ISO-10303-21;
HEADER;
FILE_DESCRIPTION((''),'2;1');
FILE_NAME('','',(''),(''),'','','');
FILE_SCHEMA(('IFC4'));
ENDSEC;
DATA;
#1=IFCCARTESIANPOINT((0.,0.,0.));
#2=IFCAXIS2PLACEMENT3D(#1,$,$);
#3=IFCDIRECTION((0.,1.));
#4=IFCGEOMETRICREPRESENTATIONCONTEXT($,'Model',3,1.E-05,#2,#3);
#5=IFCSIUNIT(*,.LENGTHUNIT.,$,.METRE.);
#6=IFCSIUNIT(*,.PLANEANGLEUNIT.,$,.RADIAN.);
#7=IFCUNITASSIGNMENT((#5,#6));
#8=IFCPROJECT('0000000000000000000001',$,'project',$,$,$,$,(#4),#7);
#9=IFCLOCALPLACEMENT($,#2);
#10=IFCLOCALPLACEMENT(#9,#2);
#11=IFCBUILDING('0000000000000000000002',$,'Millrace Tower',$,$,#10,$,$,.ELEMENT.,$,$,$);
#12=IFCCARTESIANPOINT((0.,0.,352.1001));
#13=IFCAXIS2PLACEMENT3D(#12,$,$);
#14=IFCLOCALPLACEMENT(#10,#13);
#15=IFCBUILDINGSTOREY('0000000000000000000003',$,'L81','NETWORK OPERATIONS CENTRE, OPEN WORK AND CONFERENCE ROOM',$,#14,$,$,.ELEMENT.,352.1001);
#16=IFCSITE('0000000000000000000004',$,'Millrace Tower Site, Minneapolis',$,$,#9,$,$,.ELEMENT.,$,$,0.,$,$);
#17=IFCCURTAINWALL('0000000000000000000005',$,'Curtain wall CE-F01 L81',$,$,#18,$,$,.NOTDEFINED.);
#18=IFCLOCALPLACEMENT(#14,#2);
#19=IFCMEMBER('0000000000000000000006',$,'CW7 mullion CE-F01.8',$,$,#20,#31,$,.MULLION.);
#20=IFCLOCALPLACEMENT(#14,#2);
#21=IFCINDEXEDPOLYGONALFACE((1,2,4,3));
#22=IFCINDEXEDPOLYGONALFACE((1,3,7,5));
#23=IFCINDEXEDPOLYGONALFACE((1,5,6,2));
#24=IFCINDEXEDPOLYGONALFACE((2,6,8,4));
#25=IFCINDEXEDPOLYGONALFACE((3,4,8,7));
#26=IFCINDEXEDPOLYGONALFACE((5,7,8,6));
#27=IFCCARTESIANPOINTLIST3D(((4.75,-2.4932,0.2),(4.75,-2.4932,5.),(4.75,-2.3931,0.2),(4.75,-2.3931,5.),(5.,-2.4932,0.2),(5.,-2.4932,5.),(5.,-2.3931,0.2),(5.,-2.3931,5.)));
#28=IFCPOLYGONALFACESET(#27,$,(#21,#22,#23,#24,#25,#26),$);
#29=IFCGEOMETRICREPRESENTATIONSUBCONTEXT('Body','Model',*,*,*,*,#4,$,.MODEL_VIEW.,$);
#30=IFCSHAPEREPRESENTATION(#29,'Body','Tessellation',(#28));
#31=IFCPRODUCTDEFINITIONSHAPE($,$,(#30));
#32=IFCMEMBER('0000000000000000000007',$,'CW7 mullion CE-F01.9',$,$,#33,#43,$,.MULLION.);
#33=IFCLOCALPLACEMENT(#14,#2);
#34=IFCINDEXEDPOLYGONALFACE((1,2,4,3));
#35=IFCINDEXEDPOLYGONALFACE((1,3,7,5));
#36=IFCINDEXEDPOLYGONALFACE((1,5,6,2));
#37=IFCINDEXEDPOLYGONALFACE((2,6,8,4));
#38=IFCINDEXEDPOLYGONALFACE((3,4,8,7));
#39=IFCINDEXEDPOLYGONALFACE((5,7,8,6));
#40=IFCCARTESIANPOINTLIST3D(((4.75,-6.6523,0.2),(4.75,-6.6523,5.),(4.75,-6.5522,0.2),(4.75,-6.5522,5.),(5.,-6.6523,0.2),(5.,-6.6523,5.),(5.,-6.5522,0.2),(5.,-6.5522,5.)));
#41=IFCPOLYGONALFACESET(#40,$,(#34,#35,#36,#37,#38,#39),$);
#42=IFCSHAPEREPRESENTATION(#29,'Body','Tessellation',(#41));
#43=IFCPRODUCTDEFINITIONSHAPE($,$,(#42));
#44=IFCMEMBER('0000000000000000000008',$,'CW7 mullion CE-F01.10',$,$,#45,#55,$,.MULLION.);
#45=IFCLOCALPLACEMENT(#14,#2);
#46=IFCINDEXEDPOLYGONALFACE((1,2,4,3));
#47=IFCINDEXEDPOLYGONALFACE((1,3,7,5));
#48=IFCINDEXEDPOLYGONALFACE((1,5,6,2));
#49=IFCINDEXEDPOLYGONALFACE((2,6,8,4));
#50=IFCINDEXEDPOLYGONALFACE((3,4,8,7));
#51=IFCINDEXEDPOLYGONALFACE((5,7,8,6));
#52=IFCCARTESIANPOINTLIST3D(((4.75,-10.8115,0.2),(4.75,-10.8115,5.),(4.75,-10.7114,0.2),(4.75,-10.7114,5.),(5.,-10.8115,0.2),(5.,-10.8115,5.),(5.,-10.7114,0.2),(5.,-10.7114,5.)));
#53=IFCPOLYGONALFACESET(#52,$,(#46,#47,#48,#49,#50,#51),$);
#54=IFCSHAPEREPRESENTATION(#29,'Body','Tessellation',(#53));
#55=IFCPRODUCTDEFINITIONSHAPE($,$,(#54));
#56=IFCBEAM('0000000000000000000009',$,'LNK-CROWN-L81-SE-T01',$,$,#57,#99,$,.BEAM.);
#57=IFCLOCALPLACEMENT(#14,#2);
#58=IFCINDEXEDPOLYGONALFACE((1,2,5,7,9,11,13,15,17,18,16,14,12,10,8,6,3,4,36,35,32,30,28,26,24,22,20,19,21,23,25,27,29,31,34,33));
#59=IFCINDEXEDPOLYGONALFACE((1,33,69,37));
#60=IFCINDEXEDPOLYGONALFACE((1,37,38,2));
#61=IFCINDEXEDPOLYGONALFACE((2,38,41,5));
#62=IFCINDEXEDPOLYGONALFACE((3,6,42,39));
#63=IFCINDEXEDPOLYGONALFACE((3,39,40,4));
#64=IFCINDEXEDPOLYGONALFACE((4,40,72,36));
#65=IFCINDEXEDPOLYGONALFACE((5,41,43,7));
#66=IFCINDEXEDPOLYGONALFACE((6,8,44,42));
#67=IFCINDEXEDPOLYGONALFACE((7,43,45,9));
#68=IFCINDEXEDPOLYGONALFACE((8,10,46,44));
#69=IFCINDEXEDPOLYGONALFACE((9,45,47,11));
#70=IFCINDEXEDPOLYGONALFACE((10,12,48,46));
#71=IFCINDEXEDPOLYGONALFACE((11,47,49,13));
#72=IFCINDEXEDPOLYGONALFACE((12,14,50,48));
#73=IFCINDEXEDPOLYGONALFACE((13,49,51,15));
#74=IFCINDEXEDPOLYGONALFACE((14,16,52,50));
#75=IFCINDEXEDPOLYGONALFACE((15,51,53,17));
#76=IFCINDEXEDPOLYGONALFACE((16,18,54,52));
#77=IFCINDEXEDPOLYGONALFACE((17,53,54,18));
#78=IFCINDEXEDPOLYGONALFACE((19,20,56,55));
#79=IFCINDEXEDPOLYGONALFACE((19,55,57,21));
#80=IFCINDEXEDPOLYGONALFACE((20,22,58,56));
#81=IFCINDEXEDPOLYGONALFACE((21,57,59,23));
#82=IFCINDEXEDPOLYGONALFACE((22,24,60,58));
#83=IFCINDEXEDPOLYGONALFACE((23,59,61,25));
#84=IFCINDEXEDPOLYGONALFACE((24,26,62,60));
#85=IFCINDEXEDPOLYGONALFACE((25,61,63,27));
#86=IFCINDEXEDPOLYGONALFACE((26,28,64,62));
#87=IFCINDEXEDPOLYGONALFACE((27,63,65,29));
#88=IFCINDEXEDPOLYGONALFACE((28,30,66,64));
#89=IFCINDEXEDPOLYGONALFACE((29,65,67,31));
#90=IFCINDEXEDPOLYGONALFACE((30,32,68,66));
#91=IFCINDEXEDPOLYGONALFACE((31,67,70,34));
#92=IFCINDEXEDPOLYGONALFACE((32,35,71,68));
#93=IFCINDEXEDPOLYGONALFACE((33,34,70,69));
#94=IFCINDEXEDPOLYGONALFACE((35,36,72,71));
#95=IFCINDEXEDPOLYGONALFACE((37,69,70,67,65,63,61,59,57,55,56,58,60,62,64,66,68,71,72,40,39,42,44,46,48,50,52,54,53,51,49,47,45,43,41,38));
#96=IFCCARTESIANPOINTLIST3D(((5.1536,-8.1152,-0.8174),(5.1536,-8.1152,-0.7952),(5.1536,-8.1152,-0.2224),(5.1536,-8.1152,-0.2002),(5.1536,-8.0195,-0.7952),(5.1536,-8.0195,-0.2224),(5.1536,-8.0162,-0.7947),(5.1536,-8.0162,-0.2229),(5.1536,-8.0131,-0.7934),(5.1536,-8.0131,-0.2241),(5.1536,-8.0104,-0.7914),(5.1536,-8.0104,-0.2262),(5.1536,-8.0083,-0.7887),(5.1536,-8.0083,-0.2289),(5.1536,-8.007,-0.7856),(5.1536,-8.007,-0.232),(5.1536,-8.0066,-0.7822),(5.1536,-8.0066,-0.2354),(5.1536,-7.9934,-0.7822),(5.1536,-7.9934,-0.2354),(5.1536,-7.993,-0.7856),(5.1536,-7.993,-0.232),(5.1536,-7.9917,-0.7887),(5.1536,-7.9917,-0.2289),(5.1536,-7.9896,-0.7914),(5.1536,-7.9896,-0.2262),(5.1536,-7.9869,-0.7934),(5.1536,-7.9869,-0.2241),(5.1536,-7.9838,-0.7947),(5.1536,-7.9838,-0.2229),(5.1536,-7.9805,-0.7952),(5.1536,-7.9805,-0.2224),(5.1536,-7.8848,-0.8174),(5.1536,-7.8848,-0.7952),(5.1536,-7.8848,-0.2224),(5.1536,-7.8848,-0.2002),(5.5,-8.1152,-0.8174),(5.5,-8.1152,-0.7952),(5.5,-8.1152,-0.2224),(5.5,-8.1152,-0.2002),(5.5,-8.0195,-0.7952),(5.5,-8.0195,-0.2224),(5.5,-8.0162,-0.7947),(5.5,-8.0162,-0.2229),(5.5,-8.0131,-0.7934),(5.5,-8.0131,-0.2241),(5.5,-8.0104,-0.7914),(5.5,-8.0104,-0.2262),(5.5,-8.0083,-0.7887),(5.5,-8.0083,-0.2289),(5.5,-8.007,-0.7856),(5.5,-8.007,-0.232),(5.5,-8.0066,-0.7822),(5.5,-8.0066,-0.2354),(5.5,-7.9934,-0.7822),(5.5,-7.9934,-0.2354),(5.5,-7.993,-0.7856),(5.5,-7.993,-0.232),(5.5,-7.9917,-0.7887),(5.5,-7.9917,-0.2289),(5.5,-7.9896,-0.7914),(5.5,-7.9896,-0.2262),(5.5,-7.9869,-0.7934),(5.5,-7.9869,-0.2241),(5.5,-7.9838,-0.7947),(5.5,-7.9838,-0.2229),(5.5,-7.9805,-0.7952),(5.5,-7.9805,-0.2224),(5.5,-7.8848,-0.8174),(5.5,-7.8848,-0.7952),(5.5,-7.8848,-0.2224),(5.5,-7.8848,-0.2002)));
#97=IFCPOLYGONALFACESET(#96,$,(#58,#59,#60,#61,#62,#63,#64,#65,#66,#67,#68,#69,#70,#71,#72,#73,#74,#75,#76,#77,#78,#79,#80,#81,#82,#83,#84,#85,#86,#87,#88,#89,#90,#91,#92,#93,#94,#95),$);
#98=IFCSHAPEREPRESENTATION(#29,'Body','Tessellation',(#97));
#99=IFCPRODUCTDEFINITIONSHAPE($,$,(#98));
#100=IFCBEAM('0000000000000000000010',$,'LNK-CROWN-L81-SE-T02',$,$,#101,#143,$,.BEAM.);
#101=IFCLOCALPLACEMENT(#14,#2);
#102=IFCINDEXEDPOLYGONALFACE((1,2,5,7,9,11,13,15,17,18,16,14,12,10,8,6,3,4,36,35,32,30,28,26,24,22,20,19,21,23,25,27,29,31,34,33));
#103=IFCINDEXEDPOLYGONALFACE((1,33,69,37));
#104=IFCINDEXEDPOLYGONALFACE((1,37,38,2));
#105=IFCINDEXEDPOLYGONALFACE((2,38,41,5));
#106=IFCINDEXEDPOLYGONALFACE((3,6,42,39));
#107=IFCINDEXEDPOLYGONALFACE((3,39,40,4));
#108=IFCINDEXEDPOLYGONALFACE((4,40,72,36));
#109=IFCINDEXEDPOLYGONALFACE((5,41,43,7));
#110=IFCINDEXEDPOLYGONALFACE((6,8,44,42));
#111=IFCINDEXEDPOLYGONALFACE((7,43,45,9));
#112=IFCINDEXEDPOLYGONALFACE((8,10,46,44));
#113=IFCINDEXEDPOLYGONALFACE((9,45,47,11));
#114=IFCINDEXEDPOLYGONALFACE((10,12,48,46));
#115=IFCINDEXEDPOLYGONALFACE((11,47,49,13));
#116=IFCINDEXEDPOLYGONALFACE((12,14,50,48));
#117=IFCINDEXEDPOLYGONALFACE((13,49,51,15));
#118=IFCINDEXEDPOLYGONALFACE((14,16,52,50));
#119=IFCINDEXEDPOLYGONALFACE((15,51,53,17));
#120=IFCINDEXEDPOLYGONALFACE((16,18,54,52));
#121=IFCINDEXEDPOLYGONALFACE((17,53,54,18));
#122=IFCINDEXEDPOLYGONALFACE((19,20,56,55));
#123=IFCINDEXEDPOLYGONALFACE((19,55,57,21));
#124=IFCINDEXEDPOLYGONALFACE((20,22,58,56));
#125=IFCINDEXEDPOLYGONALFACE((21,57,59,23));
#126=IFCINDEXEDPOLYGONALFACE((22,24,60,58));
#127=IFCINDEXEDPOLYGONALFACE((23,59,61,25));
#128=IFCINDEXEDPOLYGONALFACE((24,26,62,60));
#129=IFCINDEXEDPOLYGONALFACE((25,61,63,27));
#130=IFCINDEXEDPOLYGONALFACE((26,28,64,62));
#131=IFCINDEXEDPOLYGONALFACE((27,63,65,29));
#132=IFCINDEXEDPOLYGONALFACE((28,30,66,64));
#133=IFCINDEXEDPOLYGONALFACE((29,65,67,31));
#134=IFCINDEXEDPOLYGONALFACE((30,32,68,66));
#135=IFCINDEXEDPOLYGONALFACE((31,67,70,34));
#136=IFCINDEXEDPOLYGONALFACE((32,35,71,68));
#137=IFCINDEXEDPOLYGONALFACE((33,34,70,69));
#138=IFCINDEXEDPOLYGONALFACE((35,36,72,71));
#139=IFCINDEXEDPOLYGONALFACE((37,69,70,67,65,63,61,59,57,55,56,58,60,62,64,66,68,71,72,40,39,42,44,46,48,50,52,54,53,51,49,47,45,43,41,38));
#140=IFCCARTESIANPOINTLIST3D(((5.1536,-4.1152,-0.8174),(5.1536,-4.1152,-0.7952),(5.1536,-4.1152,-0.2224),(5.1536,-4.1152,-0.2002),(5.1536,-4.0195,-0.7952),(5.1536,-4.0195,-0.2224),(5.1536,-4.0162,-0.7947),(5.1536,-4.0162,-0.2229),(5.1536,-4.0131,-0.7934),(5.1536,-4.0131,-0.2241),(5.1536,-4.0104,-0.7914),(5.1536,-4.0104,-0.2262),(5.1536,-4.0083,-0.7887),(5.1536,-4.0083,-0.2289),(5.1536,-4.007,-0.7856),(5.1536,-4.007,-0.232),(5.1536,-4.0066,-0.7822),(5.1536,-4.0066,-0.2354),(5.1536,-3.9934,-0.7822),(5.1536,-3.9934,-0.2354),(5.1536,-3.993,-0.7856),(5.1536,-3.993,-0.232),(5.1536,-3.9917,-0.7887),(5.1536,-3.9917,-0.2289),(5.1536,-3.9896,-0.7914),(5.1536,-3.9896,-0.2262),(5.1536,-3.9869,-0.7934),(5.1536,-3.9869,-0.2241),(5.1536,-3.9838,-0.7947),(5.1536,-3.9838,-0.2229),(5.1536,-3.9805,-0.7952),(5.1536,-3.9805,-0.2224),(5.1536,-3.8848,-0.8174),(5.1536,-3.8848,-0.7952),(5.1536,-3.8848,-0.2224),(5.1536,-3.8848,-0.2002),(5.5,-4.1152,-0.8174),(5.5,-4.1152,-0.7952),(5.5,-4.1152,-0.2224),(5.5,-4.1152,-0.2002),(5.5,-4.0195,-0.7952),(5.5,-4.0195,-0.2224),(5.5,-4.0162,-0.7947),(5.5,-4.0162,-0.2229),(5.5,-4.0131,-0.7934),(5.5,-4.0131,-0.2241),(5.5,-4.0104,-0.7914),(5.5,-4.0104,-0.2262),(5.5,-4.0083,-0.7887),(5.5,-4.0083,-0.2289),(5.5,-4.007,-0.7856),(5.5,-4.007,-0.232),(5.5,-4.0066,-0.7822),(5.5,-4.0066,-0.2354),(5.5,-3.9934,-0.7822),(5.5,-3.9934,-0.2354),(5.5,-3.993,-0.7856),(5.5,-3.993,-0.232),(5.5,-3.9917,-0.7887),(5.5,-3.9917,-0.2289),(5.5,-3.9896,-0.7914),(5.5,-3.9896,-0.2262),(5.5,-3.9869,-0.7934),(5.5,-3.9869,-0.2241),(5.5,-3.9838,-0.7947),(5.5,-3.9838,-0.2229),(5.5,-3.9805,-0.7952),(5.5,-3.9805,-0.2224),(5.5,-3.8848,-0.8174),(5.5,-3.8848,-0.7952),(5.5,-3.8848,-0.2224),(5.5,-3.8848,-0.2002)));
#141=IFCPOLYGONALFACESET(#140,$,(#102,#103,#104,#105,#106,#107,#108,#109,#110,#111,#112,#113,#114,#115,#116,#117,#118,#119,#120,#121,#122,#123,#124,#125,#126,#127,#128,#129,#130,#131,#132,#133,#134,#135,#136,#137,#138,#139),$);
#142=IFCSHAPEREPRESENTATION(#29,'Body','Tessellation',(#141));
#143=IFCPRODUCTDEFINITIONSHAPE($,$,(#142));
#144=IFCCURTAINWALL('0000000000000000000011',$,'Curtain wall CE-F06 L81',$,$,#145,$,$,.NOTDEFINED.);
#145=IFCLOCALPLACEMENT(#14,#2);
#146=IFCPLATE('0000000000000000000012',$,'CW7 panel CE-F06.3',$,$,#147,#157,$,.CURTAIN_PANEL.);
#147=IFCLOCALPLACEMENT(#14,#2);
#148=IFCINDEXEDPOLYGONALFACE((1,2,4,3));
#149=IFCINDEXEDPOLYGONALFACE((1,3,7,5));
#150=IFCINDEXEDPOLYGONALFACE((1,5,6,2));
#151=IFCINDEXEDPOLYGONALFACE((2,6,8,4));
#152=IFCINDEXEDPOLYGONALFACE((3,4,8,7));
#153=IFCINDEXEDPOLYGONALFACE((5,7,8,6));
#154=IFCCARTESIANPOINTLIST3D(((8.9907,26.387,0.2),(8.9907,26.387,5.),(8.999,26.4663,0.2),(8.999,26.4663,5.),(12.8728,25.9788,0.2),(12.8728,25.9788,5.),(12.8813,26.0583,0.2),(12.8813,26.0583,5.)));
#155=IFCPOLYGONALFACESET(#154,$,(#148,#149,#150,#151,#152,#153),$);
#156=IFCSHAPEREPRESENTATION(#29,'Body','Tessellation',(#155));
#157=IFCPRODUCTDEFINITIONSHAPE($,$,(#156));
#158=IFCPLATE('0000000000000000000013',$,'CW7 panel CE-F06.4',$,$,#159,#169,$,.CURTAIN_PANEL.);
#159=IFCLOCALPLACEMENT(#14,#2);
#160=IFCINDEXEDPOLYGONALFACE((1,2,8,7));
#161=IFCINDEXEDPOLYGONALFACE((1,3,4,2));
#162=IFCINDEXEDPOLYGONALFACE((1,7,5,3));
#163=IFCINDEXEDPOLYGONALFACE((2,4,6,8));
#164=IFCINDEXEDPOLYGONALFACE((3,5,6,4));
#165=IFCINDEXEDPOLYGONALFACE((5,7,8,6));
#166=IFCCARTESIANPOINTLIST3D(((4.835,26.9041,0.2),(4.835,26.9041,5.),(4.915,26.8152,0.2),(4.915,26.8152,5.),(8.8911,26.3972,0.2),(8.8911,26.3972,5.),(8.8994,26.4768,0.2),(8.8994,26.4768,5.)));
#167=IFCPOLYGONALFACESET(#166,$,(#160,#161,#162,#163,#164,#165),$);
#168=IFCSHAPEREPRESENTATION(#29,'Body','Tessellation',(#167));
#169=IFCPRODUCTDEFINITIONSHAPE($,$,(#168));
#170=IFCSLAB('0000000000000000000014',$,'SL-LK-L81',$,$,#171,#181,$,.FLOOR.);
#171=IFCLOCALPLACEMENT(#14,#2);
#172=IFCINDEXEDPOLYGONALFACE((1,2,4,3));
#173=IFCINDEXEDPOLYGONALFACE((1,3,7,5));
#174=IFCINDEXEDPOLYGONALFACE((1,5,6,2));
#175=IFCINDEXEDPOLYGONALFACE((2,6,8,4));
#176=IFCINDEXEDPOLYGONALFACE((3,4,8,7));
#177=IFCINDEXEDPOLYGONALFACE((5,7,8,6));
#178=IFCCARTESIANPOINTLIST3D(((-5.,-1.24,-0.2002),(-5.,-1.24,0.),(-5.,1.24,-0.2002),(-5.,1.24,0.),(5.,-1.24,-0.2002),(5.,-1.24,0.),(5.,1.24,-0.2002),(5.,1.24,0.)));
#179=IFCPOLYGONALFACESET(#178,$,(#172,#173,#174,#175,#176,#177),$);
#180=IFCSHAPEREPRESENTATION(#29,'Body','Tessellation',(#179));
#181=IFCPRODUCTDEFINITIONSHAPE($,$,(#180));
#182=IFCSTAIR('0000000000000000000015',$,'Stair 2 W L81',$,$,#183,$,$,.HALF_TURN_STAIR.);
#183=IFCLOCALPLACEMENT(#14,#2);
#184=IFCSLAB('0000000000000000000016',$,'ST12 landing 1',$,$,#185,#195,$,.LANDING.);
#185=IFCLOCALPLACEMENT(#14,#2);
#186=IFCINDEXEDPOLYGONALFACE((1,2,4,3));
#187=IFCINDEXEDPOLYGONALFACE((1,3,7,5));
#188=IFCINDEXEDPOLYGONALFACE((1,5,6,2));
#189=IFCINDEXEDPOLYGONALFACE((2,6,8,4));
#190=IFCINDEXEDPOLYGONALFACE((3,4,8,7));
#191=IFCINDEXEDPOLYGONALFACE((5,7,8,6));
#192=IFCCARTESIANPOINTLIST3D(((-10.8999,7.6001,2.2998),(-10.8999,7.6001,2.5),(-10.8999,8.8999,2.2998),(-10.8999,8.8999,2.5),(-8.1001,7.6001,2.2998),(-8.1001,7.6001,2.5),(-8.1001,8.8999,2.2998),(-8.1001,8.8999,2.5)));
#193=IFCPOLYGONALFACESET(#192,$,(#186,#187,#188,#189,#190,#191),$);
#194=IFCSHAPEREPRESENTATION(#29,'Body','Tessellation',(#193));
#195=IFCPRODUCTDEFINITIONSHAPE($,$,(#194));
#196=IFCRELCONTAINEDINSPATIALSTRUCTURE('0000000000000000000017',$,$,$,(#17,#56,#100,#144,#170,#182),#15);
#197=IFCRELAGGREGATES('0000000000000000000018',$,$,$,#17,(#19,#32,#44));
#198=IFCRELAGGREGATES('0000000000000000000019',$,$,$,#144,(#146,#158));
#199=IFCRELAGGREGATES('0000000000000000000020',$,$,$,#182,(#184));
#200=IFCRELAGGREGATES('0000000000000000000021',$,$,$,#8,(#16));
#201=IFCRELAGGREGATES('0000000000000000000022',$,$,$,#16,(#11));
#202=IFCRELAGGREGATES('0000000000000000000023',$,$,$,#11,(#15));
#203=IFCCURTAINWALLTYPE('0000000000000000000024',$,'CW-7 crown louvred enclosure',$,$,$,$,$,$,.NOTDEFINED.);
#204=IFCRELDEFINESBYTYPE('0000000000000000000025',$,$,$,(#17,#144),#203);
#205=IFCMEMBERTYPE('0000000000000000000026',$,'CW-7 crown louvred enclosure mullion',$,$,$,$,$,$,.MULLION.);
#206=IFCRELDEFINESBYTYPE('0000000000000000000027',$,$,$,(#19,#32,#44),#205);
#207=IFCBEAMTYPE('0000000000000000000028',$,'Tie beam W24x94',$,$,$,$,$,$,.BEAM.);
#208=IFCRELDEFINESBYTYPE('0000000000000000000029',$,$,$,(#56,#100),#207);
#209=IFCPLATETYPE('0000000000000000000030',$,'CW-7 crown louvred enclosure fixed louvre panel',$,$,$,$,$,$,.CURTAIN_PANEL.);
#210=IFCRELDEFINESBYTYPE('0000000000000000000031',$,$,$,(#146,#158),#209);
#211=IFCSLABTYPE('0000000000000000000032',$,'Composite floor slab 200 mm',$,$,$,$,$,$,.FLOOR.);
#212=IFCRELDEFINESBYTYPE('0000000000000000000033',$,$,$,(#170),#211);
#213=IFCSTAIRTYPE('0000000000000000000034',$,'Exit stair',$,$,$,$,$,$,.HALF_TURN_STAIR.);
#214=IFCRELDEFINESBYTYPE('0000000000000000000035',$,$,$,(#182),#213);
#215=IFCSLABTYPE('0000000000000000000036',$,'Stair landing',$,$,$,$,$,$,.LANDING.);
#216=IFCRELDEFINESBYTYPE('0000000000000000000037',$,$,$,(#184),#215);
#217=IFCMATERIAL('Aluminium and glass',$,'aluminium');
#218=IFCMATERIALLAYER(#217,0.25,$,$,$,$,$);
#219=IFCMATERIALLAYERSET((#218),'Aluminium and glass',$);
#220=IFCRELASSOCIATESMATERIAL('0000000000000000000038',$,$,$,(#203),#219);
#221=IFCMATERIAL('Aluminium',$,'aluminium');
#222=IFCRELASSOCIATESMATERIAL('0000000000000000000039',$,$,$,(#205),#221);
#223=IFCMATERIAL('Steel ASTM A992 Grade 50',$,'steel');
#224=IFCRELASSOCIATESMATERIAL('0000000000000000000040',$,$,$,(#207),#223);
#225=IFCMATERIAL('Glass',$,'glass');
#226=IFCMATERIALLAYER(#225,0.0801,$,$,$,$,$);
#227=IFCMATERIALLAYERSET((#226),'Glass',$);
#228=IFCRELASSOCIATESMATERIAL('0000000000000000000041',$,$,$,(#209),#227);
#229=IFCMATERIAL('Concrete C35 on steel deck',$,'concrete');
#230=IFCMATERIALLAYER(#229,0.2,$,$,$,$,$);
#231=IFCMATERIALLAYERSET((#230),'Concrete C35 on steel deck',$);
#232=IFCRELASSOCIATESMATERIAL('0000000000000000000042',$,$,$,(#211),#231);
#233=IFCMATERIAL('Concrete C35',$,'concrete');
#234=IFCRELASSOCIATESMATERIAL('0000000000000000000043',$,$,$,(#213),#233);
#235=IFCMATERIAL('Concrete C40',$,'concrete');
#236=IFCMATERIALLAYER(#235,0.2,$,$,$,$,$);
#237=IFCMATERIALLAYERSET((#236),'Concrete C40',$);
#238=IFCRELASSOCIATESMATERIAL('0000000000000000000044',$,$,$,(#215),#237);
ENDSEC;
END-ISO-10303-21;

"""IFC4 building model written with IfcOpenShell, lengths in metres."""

from ifc_helpers import new_model, si_unit, direction, frame, origin, origin_2d, place, context, subcontext, project, spatial, polyline, rectangle, i_section, outline, extrude, material, layer, layer_set, material_profile, profile_set, type_object, element, aggregate, save


model = new_model("IFC4")

# Units and contexts
model_context = context("Model", 3, precision=1e-05, world=origin(), true_north=direction((0.0, 1.0)))
body_context = subcontext(model_context, "Body", "Model", "MODEL_VIEW")
ifc_project = project(units=[si_unit("LENGTHUNIT", "METRE"), si_unit("PLANEANGLEUNIT", "RADIAN")], contexts=[model_context])

# Site, building, storey
site_placement = place(None, origin())
site = spatial("IfcSite", under=ifc_project, at=site_placement, Name="Millrace Tower Site, Minneapolis", CompositionType="ELEMENT", RefElevation=0.0)
building_placement = place(site_placement, origin())
building = spatial("IfcBuilding", under=site, at=building_placement, Name="Millrace Tower", CompositionType="ELEMENT")
storey_placement = place(building_placement, frame((0.0, 0.0, 352.1001)))
storey = spatial("IfcBuildingStorey", under=building, at=storey_placement, Name="L81", Description="NETWORK OPERATIONS CENTRE, OPEN WORK AND CONFERENCE ROOM", CompositionType="ELEMENT", Elevation=352.1001)

# Curtain wall, members
ifc_material_1 = material(Name="Aluminium and glass", Category="aluminium")
ifc_layer_1 = layer(ifc_material_1, 0.25)
ifc_layer_set_1 = layer_set([ifc_layer_1], Name="Aluminium and glass")
curtain_wall_type = type_object("IfcCurtainWallType", Name="CW-7 crown louvred enclosure", PredefinedType="NOTDEFINED", material=ifc_layer_set_1)
placement_1 = place(storey_placement, origin())
curtain_wall_1 = element("IfcCurtainWall", 1, at=placement_1, inside=storey, type_object=curtain_wall_type, Name="Curtain wall CE-F01 L81", PredefinedType="NOTDEFINED")
ifc_material_2 = material(Name="Aluminium", Category="aluminium")
ifc_material_profile_1 = material_profile(ifc_material_2, rectangle(XDim=0.1001, YDim=0.25, at=origin_2d()))
ifc_profile_set_1 = profile_set([ifc_material_profile_1], Name="Aluminium")
member_type = type_object("IfcMemberType", Name="CW-7 crown louvred enclosure mullion", PredefinedType="MULLION", material=ifc_profile_set_1)
member_1_placement = place(storey_placement, frame((4.875, -2.4431, 0.2), z_axis=(0.0, 0.0, 1.0), x_axis=(0.0, -1.0, 0.0)))
member_1 = element("IfcMember", 2, at=member_1_placement, type_object=member_type, Name="CW7 mullion CE-F01.8", PredefinedType="MULLION", context=body_context, shape_type="SweptSolid", body=[
    extrude(rectangle(XDim=0.1001, YDim=0.25, at=origin_2d()), origin(), (0.0, 0.0, 1.0), 4.8),
])
member_2_placement = place(storey_placement, frame((4.875, -6.6023, 0.2), z_axis=(0.0, 0.0, 1.0), x_axis=(0.0, -1.0, 0.0)))
member_2 = element("IfcMember", 3, at=member_2_placement, type_object=member_type, Name="CW7 mullion CE-F01.9", PredefinedType="MULLION", context=body_context, shape_type="SweptSolid", body=[
    extrude(rectangle(XDim=0.1001, YDim=0.25, at=origin_2d()), origin(), (0.0, 0.0, 1.0), 4.8),
])
member_3_placement = place(storey_placement, frame((4.875, -10.7615, 0.2), z_axis=(0.0, 0.0, 1.0), x_axis=(0.0, -1.0, 0.0)))
member_3 = element("IfcMember", 4, at=member_3_placement, type_object=member_type, Name="CW7 mullion CE-F01.10", PredefinedType="MULLION", context=body_context, shape_type="SweptSolid", body=[
    extrude(rectangle(XDim=0.1001, YDim=0.25, at=origin_2d()), origin(), (0.0, 0.0, 1.0), 4.8),
])
aggregate(curtain_wall_1, [member_1, member_2, member_3])

# Beams
ifc_material_3 = material(Name="Steel ASTM A992 Grade 50", Category="steel")
ifc_material_profile_2 = material_profile(ifc_material_3, i_section(OverallWidth=0.2305, OverallDepth=0.6172, WebThickness=0.0132, FlangeThickness=0.0222, FilletRadius=0.0129, at=origin_2d()))
ifc_profile_set_2 = profile_set([ifc_material_profile_2], Name="Steel ASTM A992 Grade 50")
beam_type = type_object("IfcBeamType", Name="Tie beam W24x94", PredefinedType="BEAM", material=ifc_profile_set_2)
for number, where, z_axis, x_axis, name in (
    (5, (5.1536, -8.0, -0.5088), (1.0, 0.0, 0.0), (0.0, 1.0, 0.0), "LNK-CROWN-L81-SE-T01"),
    (6, (5.1536, -4.0, -0.5088), (1.0, 0.0, 0.0), (0.0, 1.0, 0.0), "LNK-CROWN-L81-SE-T02"),
):
    element("IfcBeam", number, at=place(storey_placement, frame(where, z_axis=z_axis, x_axis=x_axis)), inside=storey, type_object=beam_type, Name=name, PredefinedType="BEAM", context=body_context, shape_type="SweptSolid", body=[
        extrude(i_section(OverallWidth=0.2305, OverallDepth=0.6172, WebThickness=0.0132, FlangeThickness=0.0222, FilletRadius=0.0129, at=origin_2d()), origin(), (0.0, 0.0, 1.0), 0.3464),
    ])

# Curtain wall, plates
curtain_wall_2 = element("IfcCurtainWall", 7, at=placement_1, inside=storey, type_object=curtain_wall_type, Name="Curtain wall CE-F06 L81", PredefinedType="NOTDEFINED")
ifc_material_4 = material(Name="Glass", Category="glass")
ifc_layer_2 = layer(ifc_material_4, 0.0801)
ifc_layer_set_2 = layer_set([ifc_layer_2], Name="Glass")
plate_type = type_object("IfcPlateType", Name="CW-7 crown louvred enclosure fixed louvre panel", PredefinedType="CURTAIN_PANEL", material=ifc_layer_set_2)
placement_2 = place(storey_placement, frame((0.0, 0.0, 0.2)))
plate_1 = element("IfcPlate", 8, at=placement_2, type_object=plate_type, Name="CW7 panel CE-F06.3", PredefinedType="CURTAIN_PANEL", context=body_context, shape_type="SweptSolid", body=[
    extrude(outline(polyline([(12.8813, 26.0583), (8.999, 26.4663), (8.9907, 26.387), (12.8728, 25.9788), (12.8813, 26.0583)])), origin(), (0.0, 0.0, 1.0), 4.8),
])
plate_2 = element("IfcPlate", 9, at=placement_2, type_object=plate_type, Name="CW7 panel CE-F06.4", PredefinedType="CURTAIN_PANEL", context=body_context, shape_type="SweptSolid", body=[
    extrude(outline(polyline([(8.8994, 26.4768), (4.835, 26.9041), (4.915, 26.8152), (8.8911, 26.3972), (8.8994, 26.4768)])), origin(), (0.0, 0.0, 1.0), 4.8),
])
aggregate(curtain_wall_2, [plate_1, plate_2])

# Slab
ifc_material_5 = material(Name="Concrete C35 on steel deck", Category="concrete")
ifc_layer_3 = layer(ifc_material_5, 0.2)
ifc_layer_set_3 = layer_set([ifc_layer_3], Name="Concrete C35 on steel deck")
slab_type_1 = type_object("IfcSlabType", Name="Composite floor slab 200 mm", PredefinedType="FLOOR", material=ifc_layer_set_3)
slab_1_placement = place(storey_placement, frame((0.0, 0.0, -0.2002)))
element("IfcSlab", 10, at=slab_1_placement, inside=storey, type_object=slab_type_1, Name="SL-LK-L81", PredefinedType="FLOOR", context=body_context, shape_type="SweptSolid", body=[
    extrude(outline(polyline([(-5.0, -1.24), (5.0, -1.24), (5.0, 1.24), (-5.0, 1.24), (-5.0, -1.24)])), origin(), (0.0, 0.0, 1.0), 0.2002),
])

# Stair, slab
ifc_material_6 = material(Name="Concrete C35", Category="concrete")
stair_type = type_object("IfcStairType", Name="Exit stair", PredefinedType="HALF_TURN_STAIR", material=ifc_material_6)
stair_1 = element("IfcStair", 11, at=placement_1, inside=storey, type_object=stair_type, Name="Stair 2 W L81", PredefinedType="HALF_TURN_STAIR")
ifc_material_7 = material(Name="Concrete C40", Category="concrete")
ifc_layer_4 = layer(ifc_material_7, 0.2)
ifc_layer_set_4 = layer_set([ifc_layer_4], Name="Concrete C40")
slab_type_2 = type_object("IfcSlabType", Name="Stair landing", PredefinedType="LANDING", material=ifc_layer_set_4)
placement_3 = place(storey_placement, frame((0.0, 0.0, 2.2998)))
slab_2 = element("IfcSlab", 12, at=placement_3, type_object=slab_type_2, Name="ST12 landing 1", PredefinedType="LANDING", context=body_context, shape_type="SweptSolid", body=[
    extrude(outline(polyline([(-10.8999, 7.6001), (-8.1001, 7.6001), (-8.1001, 8.8999), (-10.8999, 8.8999), (-10.8999, 7.6001)])), origin(), (0.0, 0.0, 1.0), 0.2002),
])
aggregate(stair_1, [slab_2])

save(model, "model.ifc")
